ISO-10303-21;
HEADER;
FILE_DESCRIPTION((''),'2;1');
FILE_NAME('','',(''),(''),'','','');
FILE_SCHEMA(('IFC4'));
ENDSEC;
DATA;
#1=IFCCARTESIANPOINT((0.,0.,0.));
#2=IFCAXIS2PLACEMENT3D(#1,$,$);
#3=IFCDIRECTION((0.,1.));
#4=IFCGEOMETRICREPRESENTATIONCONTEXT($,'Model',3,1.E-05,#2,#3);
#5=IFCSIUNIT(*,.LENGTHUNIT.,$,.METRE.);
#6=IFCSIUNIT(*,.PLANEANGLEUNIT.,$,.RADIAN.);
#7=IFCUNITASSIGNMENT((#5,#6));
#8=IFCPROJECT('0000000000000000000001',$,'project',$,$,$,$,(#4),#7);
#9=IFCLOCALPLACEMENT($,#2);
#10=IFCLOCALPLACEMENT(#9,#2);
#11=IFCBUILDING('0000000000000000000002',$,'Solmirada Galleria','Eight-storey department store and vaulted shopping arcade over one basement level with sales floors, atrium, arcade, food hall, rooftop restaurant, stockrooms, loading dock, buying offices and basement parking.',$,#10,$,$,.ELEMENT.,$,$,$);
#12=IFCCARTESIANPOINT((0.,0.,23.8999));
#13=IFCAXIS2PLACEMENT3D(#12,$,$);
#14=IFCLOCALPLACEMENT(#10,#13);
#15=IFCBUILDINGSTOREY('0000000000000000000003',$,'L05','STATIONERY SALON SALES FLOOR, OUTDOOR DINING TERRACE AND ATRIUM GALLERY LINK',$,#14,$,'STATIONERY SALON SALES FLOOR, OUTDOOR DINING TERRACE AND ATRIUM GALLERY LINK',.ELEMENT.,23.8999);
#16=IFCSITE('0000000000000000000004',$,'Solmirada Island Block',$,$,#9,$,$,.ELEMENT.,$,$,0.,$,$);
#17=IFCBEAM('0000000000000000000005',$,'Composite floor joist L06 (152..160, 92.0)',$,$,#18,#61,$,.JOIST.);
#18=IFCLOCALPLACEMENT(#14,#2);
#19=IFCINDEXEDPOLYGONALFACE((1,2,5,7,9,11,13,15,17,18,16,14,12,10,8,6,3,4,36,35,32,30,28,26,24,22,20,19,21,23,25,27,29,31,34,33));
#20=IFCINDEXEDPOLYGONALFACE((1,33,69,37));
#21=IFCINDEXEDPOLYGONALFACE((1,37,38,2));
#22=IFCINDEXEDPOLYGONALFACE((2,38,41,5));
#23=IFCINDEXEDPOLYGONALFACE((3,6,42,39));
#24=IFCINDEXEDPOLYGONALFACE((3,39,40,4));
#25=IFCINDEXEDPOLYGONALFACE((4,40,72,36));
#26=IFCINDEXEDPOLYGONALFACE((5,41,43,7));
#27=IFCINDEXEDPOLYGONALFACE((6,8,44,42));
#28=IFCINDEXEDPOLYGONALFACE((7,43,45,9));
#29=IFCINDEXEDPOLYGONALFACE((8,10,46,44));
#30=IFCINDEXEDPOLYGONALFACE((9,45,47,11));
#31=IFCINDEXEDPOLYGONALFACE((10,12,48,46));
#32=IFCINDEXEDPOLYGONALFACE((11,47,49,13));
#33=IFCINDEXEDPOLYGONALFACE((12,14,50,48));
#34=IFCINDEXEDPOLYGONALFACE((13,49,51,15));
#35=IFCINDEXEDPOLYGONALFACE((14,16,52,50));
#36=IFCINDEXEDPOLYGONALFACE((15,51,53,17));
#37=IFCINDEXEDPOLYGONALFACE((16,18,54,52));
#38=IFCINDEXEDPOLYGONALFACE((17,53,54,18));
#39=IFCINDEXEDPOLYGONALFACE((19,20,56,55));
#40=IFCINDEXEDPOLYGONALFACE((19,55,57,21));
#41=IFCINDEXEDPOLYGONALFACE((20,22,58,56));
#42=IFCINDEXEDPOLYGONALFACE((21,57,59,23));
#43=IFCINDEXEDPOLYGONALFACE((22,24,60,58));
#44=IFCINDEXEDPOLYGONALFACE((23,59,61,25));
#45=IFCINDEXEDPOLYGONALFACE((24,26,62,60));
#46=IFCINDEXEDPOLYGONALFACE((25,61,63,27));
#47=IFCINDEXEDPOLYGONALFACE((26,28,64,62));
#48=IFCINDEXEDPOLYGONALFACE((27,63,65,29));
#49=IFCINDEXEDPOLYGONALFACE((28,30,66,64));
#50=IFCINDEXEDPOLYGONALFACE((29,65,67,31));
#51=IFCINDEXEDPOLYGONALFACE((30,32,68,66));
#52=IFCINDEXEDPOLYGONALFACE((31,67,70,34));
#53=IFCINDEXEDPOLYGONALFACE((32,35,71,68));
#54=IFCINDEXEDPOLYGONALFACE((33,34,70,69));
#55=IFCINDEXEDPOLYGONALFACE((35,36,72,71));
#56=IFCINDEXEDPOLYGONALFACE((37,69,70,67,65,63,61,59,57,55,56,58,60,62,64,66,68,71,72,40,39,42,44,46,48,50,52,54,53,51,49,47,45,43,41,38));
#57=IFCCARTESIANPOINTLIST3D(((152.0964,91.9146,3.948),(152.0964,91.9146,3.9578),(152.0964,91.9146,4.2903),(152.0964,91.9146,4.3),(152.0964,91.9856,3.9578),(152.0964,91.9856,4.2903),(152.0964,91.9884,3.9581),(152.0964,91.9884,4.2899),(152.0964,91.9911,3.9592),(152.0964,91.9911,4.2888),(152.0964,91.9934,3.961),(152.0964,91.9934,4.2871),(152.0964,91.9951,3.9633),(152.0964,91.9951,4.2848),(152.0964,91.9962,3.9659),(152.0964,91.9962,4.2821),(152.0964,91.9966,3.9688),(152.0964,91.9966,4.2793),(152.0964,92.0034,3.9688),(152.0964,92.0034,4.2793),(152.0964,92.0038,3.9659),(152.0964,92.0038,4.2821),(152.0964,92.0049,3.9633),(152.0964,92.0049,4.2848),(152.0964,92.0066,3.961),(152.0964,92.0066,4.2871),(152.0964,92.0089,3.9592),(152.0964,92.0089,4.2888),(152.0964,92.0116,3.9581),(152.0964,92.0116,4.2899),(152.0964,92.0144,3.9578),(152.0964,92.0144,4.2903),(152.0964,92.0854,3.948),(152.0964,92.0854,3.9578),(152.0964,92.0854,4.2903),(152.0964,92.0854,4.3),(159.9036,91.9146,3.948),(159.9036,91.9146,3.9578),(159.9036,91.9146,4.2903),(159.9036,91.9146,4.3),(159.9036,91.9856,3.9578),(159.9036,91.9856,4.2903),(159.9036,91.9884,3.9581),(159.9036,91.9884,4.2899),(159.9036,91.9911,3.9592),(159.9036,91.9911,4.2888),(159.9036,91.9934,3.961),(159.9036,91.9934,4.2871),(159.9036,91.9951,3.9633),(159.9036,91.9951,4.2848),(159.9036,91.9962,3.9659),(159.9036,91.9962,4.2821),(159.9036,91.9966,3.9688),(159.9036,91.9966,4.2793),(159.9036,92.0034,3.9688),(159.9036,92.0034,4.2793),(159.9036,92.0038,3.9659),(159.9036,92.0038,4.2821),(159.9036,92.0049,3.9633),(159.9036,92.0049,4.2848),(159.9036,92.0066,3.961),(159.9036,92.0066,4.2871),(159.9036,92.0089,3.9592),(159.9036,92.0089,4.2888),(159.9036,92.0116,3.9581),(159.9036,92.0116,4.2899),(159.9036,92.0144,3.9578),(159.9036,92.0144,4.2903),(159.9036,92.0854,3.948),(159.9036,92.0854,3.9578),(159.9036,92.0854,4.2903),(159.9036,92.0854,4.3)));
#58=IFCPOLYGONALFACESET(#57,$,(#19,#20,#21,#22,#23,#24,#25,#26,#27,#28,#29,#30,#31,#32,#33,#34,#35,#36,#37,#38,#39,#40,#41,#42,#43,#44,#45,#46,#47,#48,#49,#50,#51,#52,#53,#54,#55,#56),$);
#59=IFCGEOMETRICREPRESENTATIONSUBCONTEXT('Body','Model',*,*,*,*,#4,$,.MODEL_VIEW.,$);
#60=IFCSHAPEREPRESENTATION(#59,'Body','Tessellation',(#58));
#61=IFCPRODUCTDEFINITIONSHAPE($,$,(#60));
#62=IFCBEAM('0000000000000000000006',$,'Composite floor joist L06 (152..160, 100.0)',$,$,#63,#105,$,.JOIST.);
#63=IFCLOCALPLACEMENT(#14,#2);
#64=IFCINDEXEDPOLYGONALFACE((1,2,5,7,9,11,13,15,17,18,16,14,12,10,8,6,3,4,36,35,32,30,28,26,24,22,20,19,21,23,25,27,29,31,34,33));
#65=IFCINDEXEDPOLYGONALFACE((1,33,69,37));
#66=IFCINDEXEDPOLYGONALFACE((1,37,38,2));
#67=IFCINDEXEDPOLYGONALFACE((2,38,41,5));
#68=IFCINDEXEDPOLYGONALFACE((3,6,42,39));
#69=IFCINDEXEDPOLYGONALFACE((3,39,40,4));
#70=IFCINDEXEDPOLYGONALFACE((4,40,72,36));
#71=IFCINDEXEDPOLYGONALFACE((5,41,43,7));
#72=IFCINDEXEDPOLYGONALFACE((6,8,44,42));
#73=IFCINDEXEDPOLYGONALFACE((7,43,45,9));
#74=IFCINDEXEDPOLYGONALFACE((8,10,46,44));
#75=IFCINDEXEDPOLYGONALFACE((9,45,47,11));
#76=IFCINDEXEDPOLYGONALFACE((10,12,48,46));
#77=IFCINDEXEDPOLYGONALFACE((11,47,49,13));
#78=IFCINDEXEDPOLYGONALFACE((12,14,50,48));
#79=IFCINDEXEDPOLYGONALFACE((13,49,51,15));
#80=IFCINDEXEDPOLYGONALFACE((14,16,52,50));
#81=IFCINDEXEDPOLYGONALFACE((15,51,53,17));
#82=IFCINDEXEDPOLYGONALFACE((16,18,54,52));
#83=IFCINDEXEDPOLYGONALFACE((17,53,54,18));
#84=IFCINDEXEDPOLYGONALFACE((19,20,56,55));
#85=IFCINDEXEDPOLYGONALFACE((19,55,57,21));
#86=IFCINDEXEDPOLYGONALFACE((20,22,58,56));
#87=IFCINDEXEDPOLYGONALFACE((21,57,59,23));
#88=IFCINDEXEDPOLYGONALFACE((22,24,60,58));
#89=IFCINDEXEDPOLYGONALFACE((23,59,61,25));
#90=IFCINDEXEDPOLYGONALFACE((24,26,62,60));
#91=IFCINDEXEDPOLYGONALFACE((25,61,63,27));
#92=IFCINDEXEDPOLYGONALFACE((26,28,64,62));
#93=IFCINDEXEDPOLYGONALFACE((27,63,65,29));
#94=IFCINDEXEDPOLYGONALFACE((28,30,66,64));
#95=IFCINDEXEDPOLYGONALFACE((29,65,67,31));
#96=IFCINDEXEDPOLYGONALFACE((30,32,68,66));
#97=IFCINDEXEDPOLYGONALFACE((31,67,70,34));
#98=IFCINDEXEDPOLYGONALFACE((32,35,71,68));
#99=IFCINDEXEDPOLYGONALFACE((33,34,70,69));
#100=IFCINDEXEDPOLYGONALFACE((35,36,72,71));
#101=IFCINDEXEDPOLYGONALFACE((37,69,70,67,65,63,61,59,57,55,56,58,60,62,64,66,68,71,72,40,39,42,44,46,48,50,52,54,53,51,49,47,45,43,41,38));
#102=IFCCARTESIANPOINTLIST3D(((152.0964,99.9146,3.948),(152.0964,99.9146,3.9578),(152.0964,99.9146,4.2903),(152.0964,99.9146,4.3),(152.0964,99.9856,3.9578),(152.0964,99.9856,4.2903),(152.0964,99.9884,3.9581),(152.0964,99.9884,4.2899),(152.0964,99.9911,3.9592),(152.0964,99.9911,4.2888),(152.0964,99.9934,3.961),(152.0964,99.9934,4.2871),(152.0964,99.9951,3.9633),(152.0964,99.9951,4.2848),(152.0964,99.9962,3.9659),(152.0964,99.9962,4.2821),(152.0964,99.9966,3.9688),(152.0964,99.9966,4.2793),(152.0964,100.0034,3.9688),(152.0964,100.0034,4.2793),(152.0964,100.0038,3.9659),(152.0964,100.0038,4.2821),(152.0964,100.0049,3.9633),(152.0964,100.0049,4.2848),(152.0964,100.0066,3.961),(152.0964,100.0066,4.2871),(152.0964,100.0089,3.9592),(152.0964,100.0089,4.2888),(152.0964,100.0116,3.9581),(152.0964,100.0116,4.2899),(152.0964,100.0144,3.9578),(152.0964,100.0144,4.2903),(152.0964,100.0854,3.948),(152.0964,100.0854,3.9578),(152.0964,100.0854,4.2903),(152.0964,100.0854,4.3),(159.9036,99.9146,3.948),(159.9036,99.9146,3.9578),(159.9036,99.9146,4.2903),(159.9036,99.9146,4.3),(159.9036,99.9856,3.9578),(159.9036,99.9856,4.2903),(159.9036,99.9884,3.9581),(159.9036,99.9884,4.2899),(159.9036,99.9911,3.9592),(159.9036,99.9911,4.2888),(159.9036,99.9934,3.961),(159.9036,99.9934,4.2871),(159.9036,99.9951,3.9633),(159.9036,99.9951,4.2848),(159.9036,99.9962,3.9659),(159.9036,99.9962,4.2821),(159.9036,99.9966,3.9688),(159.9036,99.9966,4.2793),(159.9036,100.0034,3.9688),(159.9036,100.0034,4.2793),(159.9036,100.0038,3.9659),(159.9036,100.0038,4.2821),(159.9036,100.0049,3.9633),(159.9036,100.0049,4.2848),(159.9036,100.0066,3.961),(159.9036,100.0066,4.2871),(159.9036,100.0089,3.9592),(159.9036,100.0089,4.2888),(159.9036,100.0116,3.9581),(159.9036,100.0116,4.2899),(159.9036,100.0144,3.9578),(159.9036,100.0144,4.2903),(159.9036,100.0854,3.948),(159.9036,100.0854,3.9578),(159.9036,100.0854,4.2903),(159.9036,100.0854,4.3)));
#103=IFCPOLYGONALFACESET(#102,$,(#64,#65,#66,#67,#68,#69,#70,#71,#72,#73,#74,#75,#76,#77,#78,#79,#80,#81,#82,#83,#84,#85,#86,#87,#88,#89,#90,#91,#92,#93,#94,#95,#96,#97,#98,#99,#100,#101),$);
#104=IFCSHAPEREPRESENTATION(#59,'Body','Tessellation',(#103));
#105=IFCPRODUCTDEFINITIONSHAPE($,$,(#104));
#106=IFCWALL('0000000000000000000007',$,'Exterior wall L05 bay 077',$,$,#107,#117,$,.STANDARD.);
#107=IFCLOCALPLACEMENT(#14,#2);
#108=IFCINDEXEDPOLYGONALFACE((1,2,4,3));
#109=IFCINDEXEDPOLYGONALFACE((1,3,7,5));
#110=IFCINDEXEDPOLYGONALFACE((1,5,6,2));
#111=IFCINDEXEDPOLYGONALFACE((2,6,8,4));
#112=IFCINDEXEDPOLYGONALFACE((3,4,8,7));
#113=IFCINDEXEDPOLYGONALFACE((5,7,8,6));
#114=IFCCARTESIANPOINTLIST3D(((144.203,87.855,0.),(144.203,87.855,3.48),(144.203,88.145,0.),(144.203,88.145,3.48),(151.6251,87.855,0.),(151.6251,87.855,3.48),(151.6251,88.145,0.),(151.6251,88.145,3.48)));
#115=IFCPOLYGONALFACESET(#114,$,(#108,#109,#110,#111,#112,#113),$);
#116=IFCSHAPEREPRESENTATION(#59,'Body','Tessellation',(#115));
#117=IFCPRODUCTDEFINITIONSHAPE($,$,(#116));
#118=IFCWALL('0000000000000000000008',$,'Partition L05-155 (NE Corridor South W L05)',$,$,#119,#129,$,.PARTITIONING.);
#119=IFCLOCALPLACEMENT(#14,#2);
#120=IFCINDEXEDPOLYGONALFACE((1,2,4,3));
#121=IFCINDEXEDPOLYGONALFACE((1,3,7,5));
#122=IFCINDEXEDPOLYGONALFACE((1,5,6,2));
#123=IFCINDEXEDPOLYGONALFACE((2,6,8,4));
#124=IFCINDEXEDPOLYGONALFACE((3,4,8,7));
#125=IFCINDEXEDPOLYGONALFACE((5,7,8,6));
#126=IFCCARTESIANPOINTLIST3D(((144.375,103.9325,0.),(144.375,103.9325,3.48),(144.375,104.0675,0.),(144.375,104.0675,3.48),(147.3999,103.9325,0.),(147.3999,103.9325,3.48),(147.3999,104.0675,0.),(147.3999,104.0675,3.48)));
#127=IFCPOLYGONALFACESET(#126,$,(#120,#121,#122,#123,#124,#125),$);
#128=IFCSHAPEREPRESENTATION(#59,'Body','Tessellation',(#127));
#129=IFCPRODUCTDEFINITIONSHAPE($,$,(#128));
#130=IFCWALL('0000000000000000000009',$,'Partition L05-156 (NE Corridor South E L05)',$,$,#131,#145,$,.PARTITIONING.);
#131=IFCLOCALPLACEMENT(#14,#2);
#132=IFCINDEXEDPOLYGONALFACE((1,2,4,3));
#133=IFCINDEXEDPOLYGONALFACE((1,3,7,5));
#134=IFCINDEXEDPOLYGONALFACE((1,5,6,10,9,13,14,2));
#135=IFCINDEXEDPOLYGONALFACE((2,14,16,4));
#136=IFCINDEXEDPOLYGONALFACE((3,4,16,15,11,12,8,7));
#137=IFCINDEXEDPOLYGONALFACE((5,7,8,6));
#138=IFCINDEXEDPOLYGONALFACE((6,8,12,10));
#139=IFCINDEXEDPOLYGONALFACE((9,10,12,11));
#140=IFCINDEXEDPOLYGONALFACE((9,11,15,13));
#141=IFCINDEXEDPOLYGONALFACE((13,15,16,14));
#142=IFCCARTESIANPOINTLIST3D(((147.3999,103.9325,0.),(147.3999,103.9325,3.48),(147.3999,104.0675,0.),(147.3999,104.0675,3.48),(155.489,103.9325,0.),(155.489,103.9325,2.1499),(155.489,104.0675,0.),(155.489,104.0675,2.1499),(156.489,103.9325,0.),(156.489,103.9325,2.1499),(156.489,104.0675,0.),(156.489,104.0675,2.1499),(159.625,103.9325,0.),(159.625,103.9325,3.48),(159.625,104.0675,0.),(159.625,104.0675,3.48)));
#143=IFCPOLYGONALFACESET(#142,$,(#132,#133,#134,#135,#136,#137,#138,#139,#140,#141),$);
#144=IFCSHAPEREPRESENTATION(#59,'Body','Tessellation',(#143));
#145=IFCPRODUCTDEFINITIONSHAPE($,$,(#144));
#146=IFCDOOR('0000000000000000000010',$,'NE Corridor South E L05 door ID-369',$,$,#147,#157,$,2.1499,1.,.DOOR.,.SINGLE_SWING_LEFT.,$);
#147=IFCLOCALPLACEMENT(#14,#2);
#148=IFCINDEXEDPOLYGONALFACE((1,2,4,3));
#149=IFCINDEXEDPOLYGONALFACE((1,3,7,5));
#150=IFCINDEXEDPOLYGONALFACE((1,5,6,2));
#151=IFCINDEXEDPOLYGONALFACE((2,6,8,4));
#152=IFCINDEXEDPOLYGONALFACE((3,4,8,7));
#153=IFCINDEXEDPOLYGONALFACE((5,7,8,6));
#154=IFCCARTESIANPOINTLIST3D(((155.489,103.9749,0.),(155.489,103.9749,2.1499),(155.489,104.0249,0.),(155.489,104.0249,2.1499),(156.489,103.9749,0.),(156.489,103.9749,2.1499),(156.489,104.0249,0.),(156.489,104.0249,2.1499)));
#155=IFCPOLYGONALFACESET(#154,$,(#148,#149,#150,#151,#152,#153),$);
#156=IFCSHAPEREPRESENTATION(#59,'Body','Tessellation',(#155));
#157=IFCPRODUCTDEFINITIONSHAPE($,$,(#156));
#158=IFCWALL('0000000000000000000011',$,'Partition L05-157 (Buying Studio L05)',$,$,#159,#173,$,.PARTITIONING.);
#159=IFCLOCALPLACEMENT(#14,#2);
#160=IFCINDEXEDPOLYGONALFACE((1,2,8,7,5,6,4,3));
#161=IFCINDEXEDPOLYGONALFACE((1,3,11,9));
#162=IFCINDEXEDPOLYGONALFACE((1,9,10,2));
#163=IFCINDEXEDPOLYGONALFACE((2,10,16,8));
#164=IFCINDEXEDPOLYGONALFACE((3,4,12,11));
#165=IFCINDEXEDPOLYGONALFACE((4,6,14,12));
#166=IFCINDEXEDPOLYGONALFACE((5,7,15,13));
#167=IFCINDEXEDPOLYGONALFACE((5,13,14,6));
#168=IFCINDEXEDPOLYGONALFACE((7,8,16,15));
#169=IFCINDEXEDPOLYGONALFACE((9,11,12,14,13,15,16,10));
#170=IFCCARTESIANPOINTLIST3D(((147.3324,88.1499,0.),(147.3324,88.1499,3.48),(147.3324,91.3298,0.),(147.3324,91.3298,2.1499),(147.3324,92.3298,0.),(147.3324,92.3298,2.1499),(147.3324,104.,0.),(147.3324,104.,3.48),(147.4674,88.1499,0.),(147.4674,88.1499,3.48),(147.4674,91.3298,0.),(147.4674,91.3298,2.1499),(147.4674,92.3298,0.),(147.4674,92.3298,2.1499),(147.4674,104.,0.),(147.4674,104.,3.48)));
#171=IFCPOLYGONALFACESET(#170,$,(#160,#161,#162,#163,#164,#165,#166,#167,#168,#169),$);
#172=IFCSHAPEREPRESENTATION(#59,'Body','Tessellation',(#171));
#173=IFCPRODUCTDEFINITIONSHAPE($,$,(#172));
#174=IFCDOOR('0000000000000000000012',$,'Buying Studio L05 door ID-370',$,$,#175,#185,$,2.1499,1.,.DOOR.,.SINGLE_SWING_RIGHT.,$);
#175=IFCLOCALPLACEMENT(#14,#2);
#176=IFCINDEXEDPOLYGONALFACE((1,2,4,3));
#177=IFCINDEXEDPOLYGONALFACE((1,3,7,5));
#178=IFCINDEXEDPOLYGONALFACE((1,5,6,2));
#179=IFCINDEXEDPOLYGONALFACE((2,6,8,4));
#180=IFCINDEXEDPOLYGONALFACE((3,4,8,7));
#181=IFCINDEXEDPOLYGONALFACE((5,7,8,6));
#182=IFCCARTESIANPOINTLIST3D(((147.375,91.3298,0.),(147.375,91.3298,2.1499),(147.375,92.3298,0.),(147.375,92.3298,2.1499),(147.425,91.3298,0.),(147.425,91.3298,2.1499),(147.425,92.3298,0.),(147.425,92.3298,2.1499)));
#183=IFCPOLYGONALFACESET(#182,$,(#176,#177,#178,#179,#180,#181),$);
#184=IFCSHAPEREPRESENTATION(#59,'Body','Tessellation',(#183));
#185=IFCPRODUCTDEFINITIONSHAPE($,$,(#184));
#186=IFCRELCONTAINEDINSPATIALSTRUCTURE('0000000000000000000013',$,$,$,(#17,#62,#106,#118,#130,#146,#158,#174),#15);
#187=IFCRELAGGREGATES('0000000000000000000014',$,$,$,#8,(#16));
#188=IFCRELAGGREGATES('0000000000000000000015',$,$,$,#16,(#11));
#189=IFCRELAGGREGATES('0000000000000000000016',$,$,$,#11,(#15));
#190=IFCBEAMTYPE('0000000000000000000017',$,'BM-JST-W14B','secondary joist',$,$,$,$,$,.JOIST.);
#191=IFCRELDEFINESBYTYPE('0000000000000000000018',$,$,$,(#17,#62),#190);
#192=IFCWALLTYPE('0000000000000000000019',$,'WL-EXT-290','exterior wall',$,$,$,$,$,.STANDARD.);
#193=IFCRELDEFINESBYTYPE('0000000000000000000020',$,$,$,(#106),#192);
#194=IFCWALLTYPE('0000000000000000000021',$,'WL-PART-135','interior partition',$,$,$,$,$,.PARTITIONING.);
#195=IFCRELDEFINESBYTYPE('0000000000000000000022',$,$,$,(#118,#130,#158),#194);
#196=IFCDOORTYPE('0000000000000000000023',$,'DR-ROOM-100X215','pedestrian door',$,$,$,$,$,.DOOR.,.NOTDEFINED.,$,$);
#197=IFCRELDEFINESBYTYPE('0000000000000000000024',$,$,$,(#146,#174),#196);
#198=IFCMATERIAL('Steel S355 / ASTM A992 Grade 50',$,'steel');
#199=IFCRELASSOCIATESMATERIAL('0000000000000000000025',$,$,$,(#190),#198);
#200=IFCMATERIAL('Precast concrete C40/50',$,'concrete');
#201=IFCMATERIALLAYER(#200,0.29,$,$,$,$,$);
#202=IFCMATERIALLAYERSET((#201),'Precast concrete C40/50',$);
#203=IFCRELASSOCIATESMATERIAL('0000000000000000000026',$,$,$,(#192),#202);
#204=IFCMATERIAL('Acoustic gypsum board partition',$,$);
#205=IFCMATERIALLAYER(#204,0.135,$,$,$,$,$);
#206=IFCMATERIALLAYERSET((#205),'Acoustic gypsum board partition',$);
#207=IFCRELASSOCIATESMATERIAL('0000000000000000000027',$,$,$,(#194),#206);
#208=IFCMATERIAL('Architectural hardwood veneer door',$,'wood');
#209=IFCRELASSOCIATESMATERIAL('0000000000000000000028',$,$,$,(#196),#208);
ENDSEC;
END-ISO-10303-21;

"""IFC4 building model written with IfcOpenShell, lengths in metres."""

from ifc_helpers import new_model, si_unit, direction, frame, frame_2d, origin, origin_2d, place, context, subcontext, project, spatial, rectangle, i_section, extrude, material, layer, layer_set, material_profile, profile_set, type_object, element, fill, save


model = new_model("IFC4")

# Units and contexts
model_context = context("Model", 3, precision=1e-05, world=origin(), true_north=direction((0.0, 1.0)))
body_context = subcontext(model_context, "Body", "Model", "MODEL_VIEW")
ifc_project = project(units=[si_unit("LENGTHUNIT", "METRE"), si_unit("PLANEANGLEUNIT", "RADIAN")], contexts=[model_context])

# Site, building, storey
site_placement = place(None, origin())
site = spatial("IfcSite", under=ifc_project, at=site_placement, Name="Solmirada Island Block", CompositionType="ELEMENT", RefElevation=0.0)
building_placement = place(site_placement, origin())
building = spatial("IfcBuilding", under=site, at=building_placement, Name="Solmirada Galleria", Description="Eight-storey department store and vaulted shopping arcade over one basement level with sales floors, atrium, arcade, food hall, rooftop restaurant, stockrooms, loading dock, buying offices and basement parking.", CompositionType="ELEMENT")
storey_placement = place(building_placement, frame((0.0, 0.0, 23.8999)))
storey = spatial("IfcBuildingStorey", under=building, at=storey_placement, Name="L05", Description="STATIONERY SALON SALES FLOOR, OUTDOOR DINING TERRACE AND ATRIUM GALLERY LINK", LongName="STATIONERY SALON SALES FLOOR, OUTDOOR DINING TERRACE AND ATRIUM GALLERY LINK", CompositionType="ELEMENT", Elevation=23.8999)

# Beams
ifc_material_1 = material(Name="Steel S355 / ASTM A992 Grade 50", Category="steel")
ifc_material_profile_1 = material_profile(ifc_material_1, i_section(OverallWidth=0.1709, OverallDepth=0.3521, WebThickness=0.0068, FlangeThickness=0.0098, FilletRadius=0.011, at=origin_2d()), Name="W14X30")
ifc_profile_set_1 = profile_set([ifc_material_profile_1], Name="Steel S355 / ASTM A992 Grade 50")
beam_type_1 = type_object("IfcBeamType", Name="BM-JST-W14B", Description="secondary joist", PredefinedType="JOIST", material=ifc_profile_set_1)
for number, where, z_axis, x_axis, name in (
    (1, (152.0964, 92.0, 4.124), (1.0, 0.0, 0.0), (0.0, 1.0, 0.0), "Composite floor joist L06 (152..160, 92.0)"),
    (2, (152.0964, 100.0, 4.124), (1.0, 0.0, 0.0), (0.0, 1.0, 0.0), "Composite floor joist L06 (152..160, 100.0)"),
):
    element("IfcBeam", number, at=place(storey_placement, frame(where, z_axis=z_axis, x_axis=x_axis)), inside=storey, type_object=beam_type_1, Name=name, PredefinedType="JOIST", context=body_context, shape_type="SweptSolid", body=[
        extrude(i_section(OverallWidth=0.1709, OverallDepth=0.3521, WebThickness=0.0068, FlangeThickness=0.0098, FilletRadius=0.011, at=origin_2d()), origin(), (0.0, 0.0, 1.0), 7.8071),
    ])

# Walls
ifc_material_2 = material(Name="Precast concrete C40/50", Category="concrete")
ifc_layer_1 = layer(ifc_material_2, 0.29)
ifc_layer_set_1 = layer_set([ifc_layer_1], Name="Precast concrete C40/50")
wall_type_1 = type_object("IfcWallType", Name="WL-EXT-290", Description="exterior wall", PredefinedType="STANDARD", material=ifc_layer_set_1)
wall_1_placement = place(storey_placement, frame((151.625, 88.0, 0.0), z_axis=(0.0, 0.0, 1.0), x_axis=(-1.0, 0.0, 0.0)))
element("IfcWall", 3, at=wall_1_placement, inside=storey, type_object=wall_type_1, Name="Exterior wall L05 bay 077", PredefinedType="STANDARD", context=body_context, shape_type="SweptSolid", body=[
    extrude(rectangle(XDim=7.4221, YDim=0.29, at=frame_2d((3.7109, 0.0))), origin(), (0.0, 0.0, 1.0), 3.48),
])
ifc_material_3 = material(Name="Acoustic gypsum board partition")
ifc_layer_2 = layer(ifc_material_3, 0.135)
ifc_layer_set_2 = layer_set([ifc_layer_2], Name="Acoustic gypsum board partition")
wall_type_2 = type_object("IfcWallType", Name="WL-PART-135", Description="interior partition", PredefinedType="PARTITIONING", material=ifc_layer_set_2)
wall_2_placement = place(storey_placement, frame((144.375, 104.0, 0.0), z_axis=(0.0, 0.0, 1.0), x_axis=(1.0, 0.0, 0.0)))
element("IfcWall", 4, at=wall_2_placement, inside=storey, type_object=wall_type_2, Name="Partition L05-155 (NE Corridor South W L05)", PredefinedType="PARTITIONING", context=body_context, shape_type="SweptSolid", body=[
    extrude(rectangle(XDim=3.0249, YDim=0.135, at=frame_2d((1.5125, 0.0))), origin(), (0.0, 0.0, 1.0), 3.48),
])

# Walls, openings, doors
wall_3_placement = place(storey_placement, frame((147.3999, 104.0, 0.0), z_axis=(0.0, 0.0, 1.0), x_axis=(1.0, 0.0, 0.0)))
wall_3 = element("IfcWall", 5, at=wall_3_placement, inside=storey, type_object=wall_type_2, Name="Partition L05-156 (NE Corridor South E L05)", PredefinedType="PARTITIONING", context=body_context, shape_type="SweptSolid", body=[
    extrude(rectangle(XDim=12.2251, YDim=0.135, at=frame_2d((6.1125, 0.0))), origin(), (0.0, 0.0, 1.0), 3.48),
])
opening_1_placement = place(wall_3_placement, frame((8.0891, 0.0, 0.0)))
opening_1 = element("IfcOpeningElement", 6, at=opening_1_placement, cuts=wall_3, PredefinedType="OPENING", context=body_context, shape_type="SweptSolid", body=[
    extrude(rectangle(XDim=1.0, YDim=2.1499, at=frame_2d((0.5, 1.075))), frame((0.0, 0.0774, 0.0), z_axis=(0.0, -1.0, 0.0), x_axis=(1.0, 0.0, 0.0)), (0.0, 0.0, 1.0), 0.155),
])
ifc_material_4 = material(Name="Architectural hardwood veneer door", Category="wood")
door_type = type_object("IfcDoorType", Name="DR-ROOM-100X215", Description="pedestrian door", OperationType="NOTDEFINED", PredefinedType="DOOR", material=ifc_material_4)
door_1_placement = place(opening_1_placement, origin())
door_1 = element("IfcDoor", 7, at=door_1_placement, inside=storey, type_object=door_type, Name="NE Corridor South E L05 door ID-369", OperationType="SINGLE_SWING_LEFT", OverallHeight=2.1499, OverallWidth=1.0, PredefinedType="DOOR", context=body_context, shape_type="SweptSolid", body=[
    extrude(rectangle(XDim=1.0, YDim=2.1499, at=frame_2d((0.5, 1.075))), frame((0.0, 0.0249, 0.0), z_axis=(0.0, -1.0, 0.0), x_axis=(1.0, 0.0, 0.0)), (0.0, 0.0, 1.0), 0.05),
])
fill(opening_1, door_1)
wall_4_placement = place(storey_placement, frame((147.3999, 88.1499, 0.0), z_axis=(0.0, 0.0, 1.0), x_axis=(0.0, 1.0, 0.0)))
wall_4 = element("IfcWall", 8, at=wall_4_placement, inside=storey, type_object=wall_type_2, Name="Partition L05-157 (Buying Studio L05)", PredefinedType="PARTITIONING", context=body_context, shape_type="SweptSolid", body=[
    extrude(rectangle(XDim=15.8501, YDim=0.135, at=frame_2d((7.925, 0.0))), origin(), (0.0, 0.0, 1.0), 3.48),
])
opening_2_placement = place(wall_4_placement, frame((3.1799, 0.0, 0.0)))
opening_2 = element("IfcOpeningElement", 9, at=opening_2_placement, cuts=wall_4, PredefinedType="OPENING", context=body_context, shape_type="SweptSolid", body=[
    extrude(rectangle(XDim=1.0, YDim=2.1499, at=frame_2d((0.5, 1.075))), frame((0.0, 0.0774, 0.0), z_axis=(0.0, -1.0, 0.0), x_axis=(1.0, 0.0, 0.0)), (0.0, 0.0, 1.0), 0.155),
])
door_2_placement = place(opening_2_placement, origin())
door_2 = element("IfcDoor", 10, at=door_2_placement, inside=storey, type_object=door_type, Name="Buying Studio L05 door ID-370", OperationType="SINGLE_SWING_RIGHT", OverallHeight=2.1499, OverallWidth=1.0, PredefinedType="DOOR", context=body_context, shape_type="SweptSolid", body=[
    extrude(rectangle(XDim=1.0, YDim=2.1499, at=frame_2d((0.5, 1.075))), frame((0.0, 0.0249, 0.0), z_axis=(0.0, -1.0, 0.0), x_axis=(1.0, 0.0, 0.0)), (0.0, 0.0, 1.0), 0.05),
])
fill(opening_2, door_2)

save(model, "model.ifc")
